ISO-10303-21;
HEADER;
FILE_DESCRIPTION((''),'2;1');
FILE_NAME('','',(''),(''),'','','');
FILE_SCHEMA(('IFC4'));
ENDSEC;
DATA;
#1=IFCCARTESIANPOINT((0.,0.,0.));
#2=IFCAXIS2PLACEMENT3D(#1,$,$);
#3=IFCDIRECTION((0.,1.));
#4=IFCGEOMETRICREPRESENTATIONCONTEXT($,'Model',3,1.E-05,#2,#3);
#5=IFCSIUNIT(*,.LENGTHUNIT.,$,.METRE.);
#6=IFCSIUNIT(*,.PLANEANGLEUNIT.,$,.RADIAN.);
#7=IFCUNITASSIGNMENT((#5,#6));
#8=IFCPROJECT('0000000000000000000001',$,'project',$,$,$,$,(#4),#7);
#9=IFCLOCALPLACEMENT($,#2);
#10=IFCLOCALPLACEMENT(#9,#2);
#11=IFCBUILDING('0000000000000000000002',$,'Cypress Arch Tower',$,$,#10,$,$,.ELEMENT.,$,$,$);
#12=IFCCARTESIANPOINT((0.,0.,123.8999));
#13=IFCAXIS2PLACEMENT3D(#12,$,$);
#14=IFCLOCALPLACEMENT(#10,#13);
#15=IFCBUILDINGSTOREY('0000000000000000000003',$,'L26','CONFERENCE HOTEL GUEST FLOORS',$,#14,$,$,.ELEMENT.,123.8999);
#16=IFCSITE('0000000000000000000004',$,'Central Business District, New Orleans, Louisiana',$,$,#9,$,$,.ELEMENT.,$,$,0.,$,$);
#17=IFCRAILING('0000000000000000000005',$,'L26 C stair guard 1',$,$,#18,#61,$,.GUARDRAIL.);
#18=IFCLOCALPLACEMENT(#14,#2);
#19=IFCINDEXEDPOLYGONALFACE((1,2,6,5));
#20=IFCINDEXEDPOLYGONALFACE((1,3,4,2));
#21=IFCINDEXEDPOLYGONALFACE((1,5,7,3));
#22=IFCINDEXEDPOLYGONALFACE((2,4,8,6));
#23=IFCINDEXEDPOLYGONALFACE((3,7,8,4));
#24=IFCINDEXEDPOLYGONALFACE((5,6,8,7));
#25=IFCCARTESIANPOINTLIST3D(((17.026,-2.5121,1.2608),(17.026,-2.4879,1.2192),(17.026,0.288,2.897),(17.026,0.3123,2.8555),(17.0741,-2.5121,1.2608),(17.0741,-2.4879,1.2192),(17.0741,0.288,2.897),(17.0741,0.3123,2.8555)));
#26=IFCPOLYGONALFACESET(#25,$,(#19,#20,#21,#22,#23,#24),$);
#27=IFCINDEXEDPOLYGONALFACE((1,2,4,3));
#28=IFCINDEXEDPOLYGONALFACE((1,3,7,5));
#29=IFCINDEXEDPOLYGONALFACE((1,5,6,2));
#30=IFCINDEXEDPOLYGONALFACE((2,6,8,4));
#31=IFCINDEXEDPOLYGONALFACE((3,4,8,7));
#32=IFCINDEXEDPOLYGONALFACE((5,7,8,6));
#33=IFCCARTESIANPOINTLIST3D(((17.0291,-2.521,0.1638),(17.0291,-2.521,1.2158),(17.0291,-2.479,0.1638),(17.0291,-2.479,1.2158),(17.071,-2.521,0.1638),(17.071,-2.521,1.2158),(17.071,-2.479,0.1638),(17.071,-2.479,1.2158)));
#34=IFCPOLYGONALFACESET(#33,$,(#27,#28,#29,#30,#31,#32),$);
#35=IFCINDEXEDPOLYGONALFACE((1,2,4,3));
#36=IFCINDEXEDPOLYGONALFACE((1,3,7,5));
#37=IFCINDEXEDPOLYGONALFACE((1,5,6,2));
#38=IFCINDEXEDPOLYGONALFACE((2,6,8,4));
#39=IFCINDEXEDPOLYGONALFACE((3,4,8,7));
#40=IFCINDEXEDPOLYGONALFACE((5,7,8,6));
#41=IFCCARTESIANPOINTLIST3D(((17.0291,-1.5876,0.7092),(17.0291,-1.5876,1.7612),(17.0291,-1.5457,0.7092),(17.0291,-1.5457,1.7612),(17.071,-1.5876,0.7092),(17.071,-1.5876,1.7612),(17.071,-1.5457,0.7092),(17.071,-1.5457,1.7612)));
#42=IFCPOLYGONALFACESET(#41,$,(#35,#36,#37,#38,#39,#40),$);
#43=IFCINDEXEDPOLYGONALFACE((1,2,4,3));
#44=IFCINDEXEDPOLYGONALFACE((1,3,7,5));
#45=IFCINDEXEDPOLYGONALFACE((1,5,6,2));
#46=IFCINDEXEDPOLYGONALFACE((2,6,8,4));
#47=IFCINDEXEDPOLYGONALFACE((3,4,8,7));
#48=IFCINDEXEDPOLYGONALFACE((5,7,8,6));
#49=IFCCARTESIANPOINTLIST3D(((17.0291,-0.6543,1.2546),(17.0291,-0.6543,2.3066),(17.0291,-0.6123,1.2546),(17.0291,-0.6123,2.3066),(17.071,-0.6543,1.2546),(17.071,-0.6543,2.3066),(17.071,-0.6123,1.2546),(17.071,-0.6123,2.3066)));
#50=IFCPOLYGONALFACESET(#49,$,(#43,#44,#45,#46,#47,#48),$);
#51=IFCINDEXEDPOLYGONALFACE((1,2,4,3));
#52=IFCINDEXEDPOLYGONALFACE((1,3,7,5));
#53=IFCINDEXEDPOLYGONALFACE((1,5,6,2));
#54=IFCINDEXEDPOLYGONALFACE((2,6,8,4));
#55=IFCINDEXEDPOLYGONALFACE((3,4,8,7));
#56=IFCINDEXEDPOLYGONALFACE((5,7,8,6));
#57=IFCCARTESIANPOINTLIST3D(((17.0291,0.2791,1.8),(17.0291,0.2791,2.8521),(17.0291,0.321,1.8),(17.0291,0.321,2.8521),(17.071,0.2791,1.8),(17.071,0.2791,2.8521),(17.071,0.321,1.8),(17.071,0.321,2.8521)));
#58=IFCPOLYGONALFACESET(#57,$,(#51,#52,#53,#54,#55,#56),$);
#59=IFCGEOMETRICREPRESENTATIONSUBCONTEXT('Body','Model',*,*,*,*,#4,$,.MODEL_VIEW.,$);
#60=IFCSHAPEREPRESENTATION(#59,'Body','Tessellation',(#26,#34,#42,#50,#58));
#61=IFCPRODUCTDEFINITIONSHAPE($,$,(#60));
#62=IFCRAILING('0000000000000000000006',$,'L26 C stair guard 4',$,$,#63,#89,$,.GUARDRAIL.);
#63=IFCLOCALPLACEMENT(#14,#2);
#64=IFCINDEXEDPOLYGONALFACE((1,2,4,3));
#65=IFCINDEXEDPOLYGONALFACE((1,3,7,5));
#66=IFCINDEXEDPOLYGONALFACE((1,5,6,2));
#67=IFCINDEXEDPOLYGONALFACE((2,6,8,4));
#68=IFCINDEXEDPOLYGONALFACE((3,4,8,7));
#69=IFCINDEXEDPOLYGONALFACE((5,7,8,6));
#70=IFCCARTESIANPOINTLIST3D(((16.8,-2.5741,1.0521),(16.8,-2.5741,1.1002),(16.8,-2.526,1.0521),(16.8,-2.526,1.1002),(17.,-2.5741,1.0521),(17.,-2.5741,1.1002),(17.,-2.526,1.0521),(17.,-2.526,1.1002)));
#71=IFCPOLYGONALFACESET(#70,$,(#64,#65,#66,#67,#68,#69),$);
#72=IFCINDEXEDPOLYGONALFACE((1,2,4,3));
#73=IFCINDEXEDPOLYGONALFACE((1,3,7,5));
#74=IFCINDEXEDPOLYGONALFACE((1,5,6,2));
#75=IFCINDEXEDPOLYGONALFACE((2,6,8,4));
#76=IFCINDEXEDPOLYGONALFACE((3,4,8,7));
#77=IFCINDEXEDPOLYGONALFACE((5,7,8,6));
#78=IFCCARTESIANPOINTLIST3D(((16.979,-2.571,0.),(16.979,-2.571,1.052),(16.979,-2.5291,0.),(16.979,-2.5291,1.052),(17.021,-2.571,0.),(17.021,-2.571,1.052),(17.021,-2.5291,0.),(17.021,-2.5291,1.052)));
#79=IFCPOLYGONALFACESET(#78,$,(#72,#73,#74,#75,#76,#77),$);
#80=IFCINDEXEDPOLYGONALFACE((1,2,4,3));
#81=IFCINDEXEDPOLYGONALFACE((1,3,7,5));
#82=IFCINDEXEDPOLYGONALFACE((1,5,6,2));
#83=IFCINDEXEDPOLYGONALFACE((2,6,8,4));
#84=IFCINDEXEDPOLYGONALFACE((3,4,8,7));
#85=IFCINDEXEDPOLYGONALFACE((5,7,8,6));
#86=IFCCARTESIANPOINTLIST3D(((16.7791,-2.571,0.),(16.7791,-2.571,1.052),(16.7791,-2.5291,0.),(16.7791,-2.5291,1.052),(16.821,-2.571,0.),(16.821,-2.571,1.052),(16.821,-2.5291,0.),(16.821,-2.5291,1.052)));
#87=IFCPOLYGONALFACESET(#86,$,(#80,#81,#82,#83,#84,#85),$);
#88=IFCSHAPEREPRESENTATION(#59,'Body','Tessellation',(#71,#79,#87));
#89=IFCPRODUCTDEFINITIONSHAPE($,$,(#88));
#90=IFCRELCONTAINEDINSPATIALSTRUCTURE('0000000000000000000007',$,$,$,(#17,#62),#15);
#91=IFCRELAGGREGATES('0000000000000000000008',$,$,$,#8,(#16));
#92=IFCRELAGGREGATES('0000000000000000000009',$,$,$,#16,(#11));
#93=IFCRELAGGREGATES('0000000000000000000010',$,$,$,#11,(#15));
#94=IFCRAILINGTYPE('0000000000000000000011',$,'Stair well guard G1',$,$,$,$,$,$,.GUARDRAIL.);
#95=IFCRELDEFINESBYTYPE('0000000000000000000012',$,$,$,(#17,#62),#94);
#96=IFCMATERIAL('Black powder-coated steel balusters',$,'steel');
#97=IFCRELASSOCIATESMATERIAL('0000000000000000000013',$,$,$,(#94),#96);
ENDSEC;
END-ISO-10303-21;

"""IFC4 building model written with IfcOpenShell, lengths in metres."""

from ifc_helpers import new_model, si_unit, direction, frame, origin, origin_2d, place, context, subcontext, project, spatial, rectangle, extrude, material, type_object, element, save


model = new_model("IFC4")

# Units and contexts
model_context = context("Model", 3, precision=1e-05, world=origin(), true_north=direction((0.0, 1.0)))
body_context = subcontext(model_context, "Body", "Model", "MODEL_VIEW")
ifc_project = project(units=[si_unit("LENGTHUNIT", "METRE"), si_unit("PLANEANGLEUNIT", "RADIAN")], contexts=[model_context])

# Site, building, storey
site_placement = place(None, origin())
site = spatial("IfcSite", under=ifc_project, at=site_placement, Name="Central Business District, New Orleans, Louisiana", CompositionType="ELEMENT", RefElevation=0.0)
building_placement = place(site_placement, origin())
building = spatial("IfcBuilding", under=site, at=building_placement, Name="Cypress Arch Tower", CompositionType="ELEMENT")
storey_placement = place(building_placement, frame((0.0, 0.0, 123.8999)))
storey = spatial("IfcBuildingStorey", under=building, at=storey_placement, Name="L26", Description="CONFERENCE HOTEL GUEST FLOORS", CompositionType="ELEMENT", Elevation=123.8999)

# Railings
ifc_material_1 = material(Name="Black powder-coated steel balusters", Category="steel")
railing_type_1 = type_object("IfcRailingType", Name="Stair well guard G1", PredefinedType="GUARDRAIL", material=ifc_material_1)
railing_1_placement = place(storey_placement, frame((17.05, -2.5, 0.1638)))
element("IfcRailing", 1, at=railing_1_placement, inside=storey, type_object=railing_type_1, Name="L26 C stair guard 1", PredefinedType="GUARDRAIL", context=body_context, shape_type="SweptSolid", body=[
    extrude(rectangle(XDim=0.0481, YDim=0.0481, at=origin_2d()), frame((0.0, 0.0, 1.0762), z_axis=(0.0, 0.863394, 0.504531), x_axis=(-1.0, 0.0, 0.0)), (0.0, 0.0, 1.0), 3.2432),
    extrude(rectangle(XDim=0.042, YDim=0.042, at=origin_2d()), origin(), (0.0, 0.0, 1.0), 1.052),
    extrude(rectangle(XDim=0.042, YDim=0.042, at=origin_2d()), frame((0.0, 0.9333, 0.5454)), (0.0, 0.0, 1.0), 1.052),
    extrude(rectangle(XDim=0.042, YDim=0.042, at=origin_2d()), frame((0.0, 1.8667, 1.0908)), (0.0, 0.0, 1.0), 1.052),
    extrude(rectangle(XDim=0.042, YDim=0.042, at=origin_2d()), frame((0.0, 2.8, 1.6362)), (0.0, 0.0, 1.0), 1.052),
])
railing_2_placement = place(storey_placement, frame((17.0, -2.55, 0.0)))
element("IfcRailing", 2, at=railing_2_placement, inside=storey, type_object=railing_type_1, Name="L26 C stair guard 4", PredefinedType="GUARDRAIL", context=body_context, shape_type="SweptSolid", body=[
    extrude(rectangle(XDim=0.0481, YDim=0.0481, at=origin_2d()), frame((0.0, 0.0, 1.0762), z_axis=(-1.0, 0.0, 0.0), x_axis=(0.0, -1.0, 0.0)), (0.0, 0.0, 1.0), 0.2),
    extrude(rectangle(XDim=0.042, YDim=0.042, at=origin_2d()), origin(), (0.0, 0.0, 1.0), 1.052),
    extrude(rectangle(XDim=0.042, YDim=0.042, at=origin_2d()), frame((-0.2, 0.0, 0.0)), (0.0, 0.0, 1.0), 1.052),
])

save(model, "model.ifc")
